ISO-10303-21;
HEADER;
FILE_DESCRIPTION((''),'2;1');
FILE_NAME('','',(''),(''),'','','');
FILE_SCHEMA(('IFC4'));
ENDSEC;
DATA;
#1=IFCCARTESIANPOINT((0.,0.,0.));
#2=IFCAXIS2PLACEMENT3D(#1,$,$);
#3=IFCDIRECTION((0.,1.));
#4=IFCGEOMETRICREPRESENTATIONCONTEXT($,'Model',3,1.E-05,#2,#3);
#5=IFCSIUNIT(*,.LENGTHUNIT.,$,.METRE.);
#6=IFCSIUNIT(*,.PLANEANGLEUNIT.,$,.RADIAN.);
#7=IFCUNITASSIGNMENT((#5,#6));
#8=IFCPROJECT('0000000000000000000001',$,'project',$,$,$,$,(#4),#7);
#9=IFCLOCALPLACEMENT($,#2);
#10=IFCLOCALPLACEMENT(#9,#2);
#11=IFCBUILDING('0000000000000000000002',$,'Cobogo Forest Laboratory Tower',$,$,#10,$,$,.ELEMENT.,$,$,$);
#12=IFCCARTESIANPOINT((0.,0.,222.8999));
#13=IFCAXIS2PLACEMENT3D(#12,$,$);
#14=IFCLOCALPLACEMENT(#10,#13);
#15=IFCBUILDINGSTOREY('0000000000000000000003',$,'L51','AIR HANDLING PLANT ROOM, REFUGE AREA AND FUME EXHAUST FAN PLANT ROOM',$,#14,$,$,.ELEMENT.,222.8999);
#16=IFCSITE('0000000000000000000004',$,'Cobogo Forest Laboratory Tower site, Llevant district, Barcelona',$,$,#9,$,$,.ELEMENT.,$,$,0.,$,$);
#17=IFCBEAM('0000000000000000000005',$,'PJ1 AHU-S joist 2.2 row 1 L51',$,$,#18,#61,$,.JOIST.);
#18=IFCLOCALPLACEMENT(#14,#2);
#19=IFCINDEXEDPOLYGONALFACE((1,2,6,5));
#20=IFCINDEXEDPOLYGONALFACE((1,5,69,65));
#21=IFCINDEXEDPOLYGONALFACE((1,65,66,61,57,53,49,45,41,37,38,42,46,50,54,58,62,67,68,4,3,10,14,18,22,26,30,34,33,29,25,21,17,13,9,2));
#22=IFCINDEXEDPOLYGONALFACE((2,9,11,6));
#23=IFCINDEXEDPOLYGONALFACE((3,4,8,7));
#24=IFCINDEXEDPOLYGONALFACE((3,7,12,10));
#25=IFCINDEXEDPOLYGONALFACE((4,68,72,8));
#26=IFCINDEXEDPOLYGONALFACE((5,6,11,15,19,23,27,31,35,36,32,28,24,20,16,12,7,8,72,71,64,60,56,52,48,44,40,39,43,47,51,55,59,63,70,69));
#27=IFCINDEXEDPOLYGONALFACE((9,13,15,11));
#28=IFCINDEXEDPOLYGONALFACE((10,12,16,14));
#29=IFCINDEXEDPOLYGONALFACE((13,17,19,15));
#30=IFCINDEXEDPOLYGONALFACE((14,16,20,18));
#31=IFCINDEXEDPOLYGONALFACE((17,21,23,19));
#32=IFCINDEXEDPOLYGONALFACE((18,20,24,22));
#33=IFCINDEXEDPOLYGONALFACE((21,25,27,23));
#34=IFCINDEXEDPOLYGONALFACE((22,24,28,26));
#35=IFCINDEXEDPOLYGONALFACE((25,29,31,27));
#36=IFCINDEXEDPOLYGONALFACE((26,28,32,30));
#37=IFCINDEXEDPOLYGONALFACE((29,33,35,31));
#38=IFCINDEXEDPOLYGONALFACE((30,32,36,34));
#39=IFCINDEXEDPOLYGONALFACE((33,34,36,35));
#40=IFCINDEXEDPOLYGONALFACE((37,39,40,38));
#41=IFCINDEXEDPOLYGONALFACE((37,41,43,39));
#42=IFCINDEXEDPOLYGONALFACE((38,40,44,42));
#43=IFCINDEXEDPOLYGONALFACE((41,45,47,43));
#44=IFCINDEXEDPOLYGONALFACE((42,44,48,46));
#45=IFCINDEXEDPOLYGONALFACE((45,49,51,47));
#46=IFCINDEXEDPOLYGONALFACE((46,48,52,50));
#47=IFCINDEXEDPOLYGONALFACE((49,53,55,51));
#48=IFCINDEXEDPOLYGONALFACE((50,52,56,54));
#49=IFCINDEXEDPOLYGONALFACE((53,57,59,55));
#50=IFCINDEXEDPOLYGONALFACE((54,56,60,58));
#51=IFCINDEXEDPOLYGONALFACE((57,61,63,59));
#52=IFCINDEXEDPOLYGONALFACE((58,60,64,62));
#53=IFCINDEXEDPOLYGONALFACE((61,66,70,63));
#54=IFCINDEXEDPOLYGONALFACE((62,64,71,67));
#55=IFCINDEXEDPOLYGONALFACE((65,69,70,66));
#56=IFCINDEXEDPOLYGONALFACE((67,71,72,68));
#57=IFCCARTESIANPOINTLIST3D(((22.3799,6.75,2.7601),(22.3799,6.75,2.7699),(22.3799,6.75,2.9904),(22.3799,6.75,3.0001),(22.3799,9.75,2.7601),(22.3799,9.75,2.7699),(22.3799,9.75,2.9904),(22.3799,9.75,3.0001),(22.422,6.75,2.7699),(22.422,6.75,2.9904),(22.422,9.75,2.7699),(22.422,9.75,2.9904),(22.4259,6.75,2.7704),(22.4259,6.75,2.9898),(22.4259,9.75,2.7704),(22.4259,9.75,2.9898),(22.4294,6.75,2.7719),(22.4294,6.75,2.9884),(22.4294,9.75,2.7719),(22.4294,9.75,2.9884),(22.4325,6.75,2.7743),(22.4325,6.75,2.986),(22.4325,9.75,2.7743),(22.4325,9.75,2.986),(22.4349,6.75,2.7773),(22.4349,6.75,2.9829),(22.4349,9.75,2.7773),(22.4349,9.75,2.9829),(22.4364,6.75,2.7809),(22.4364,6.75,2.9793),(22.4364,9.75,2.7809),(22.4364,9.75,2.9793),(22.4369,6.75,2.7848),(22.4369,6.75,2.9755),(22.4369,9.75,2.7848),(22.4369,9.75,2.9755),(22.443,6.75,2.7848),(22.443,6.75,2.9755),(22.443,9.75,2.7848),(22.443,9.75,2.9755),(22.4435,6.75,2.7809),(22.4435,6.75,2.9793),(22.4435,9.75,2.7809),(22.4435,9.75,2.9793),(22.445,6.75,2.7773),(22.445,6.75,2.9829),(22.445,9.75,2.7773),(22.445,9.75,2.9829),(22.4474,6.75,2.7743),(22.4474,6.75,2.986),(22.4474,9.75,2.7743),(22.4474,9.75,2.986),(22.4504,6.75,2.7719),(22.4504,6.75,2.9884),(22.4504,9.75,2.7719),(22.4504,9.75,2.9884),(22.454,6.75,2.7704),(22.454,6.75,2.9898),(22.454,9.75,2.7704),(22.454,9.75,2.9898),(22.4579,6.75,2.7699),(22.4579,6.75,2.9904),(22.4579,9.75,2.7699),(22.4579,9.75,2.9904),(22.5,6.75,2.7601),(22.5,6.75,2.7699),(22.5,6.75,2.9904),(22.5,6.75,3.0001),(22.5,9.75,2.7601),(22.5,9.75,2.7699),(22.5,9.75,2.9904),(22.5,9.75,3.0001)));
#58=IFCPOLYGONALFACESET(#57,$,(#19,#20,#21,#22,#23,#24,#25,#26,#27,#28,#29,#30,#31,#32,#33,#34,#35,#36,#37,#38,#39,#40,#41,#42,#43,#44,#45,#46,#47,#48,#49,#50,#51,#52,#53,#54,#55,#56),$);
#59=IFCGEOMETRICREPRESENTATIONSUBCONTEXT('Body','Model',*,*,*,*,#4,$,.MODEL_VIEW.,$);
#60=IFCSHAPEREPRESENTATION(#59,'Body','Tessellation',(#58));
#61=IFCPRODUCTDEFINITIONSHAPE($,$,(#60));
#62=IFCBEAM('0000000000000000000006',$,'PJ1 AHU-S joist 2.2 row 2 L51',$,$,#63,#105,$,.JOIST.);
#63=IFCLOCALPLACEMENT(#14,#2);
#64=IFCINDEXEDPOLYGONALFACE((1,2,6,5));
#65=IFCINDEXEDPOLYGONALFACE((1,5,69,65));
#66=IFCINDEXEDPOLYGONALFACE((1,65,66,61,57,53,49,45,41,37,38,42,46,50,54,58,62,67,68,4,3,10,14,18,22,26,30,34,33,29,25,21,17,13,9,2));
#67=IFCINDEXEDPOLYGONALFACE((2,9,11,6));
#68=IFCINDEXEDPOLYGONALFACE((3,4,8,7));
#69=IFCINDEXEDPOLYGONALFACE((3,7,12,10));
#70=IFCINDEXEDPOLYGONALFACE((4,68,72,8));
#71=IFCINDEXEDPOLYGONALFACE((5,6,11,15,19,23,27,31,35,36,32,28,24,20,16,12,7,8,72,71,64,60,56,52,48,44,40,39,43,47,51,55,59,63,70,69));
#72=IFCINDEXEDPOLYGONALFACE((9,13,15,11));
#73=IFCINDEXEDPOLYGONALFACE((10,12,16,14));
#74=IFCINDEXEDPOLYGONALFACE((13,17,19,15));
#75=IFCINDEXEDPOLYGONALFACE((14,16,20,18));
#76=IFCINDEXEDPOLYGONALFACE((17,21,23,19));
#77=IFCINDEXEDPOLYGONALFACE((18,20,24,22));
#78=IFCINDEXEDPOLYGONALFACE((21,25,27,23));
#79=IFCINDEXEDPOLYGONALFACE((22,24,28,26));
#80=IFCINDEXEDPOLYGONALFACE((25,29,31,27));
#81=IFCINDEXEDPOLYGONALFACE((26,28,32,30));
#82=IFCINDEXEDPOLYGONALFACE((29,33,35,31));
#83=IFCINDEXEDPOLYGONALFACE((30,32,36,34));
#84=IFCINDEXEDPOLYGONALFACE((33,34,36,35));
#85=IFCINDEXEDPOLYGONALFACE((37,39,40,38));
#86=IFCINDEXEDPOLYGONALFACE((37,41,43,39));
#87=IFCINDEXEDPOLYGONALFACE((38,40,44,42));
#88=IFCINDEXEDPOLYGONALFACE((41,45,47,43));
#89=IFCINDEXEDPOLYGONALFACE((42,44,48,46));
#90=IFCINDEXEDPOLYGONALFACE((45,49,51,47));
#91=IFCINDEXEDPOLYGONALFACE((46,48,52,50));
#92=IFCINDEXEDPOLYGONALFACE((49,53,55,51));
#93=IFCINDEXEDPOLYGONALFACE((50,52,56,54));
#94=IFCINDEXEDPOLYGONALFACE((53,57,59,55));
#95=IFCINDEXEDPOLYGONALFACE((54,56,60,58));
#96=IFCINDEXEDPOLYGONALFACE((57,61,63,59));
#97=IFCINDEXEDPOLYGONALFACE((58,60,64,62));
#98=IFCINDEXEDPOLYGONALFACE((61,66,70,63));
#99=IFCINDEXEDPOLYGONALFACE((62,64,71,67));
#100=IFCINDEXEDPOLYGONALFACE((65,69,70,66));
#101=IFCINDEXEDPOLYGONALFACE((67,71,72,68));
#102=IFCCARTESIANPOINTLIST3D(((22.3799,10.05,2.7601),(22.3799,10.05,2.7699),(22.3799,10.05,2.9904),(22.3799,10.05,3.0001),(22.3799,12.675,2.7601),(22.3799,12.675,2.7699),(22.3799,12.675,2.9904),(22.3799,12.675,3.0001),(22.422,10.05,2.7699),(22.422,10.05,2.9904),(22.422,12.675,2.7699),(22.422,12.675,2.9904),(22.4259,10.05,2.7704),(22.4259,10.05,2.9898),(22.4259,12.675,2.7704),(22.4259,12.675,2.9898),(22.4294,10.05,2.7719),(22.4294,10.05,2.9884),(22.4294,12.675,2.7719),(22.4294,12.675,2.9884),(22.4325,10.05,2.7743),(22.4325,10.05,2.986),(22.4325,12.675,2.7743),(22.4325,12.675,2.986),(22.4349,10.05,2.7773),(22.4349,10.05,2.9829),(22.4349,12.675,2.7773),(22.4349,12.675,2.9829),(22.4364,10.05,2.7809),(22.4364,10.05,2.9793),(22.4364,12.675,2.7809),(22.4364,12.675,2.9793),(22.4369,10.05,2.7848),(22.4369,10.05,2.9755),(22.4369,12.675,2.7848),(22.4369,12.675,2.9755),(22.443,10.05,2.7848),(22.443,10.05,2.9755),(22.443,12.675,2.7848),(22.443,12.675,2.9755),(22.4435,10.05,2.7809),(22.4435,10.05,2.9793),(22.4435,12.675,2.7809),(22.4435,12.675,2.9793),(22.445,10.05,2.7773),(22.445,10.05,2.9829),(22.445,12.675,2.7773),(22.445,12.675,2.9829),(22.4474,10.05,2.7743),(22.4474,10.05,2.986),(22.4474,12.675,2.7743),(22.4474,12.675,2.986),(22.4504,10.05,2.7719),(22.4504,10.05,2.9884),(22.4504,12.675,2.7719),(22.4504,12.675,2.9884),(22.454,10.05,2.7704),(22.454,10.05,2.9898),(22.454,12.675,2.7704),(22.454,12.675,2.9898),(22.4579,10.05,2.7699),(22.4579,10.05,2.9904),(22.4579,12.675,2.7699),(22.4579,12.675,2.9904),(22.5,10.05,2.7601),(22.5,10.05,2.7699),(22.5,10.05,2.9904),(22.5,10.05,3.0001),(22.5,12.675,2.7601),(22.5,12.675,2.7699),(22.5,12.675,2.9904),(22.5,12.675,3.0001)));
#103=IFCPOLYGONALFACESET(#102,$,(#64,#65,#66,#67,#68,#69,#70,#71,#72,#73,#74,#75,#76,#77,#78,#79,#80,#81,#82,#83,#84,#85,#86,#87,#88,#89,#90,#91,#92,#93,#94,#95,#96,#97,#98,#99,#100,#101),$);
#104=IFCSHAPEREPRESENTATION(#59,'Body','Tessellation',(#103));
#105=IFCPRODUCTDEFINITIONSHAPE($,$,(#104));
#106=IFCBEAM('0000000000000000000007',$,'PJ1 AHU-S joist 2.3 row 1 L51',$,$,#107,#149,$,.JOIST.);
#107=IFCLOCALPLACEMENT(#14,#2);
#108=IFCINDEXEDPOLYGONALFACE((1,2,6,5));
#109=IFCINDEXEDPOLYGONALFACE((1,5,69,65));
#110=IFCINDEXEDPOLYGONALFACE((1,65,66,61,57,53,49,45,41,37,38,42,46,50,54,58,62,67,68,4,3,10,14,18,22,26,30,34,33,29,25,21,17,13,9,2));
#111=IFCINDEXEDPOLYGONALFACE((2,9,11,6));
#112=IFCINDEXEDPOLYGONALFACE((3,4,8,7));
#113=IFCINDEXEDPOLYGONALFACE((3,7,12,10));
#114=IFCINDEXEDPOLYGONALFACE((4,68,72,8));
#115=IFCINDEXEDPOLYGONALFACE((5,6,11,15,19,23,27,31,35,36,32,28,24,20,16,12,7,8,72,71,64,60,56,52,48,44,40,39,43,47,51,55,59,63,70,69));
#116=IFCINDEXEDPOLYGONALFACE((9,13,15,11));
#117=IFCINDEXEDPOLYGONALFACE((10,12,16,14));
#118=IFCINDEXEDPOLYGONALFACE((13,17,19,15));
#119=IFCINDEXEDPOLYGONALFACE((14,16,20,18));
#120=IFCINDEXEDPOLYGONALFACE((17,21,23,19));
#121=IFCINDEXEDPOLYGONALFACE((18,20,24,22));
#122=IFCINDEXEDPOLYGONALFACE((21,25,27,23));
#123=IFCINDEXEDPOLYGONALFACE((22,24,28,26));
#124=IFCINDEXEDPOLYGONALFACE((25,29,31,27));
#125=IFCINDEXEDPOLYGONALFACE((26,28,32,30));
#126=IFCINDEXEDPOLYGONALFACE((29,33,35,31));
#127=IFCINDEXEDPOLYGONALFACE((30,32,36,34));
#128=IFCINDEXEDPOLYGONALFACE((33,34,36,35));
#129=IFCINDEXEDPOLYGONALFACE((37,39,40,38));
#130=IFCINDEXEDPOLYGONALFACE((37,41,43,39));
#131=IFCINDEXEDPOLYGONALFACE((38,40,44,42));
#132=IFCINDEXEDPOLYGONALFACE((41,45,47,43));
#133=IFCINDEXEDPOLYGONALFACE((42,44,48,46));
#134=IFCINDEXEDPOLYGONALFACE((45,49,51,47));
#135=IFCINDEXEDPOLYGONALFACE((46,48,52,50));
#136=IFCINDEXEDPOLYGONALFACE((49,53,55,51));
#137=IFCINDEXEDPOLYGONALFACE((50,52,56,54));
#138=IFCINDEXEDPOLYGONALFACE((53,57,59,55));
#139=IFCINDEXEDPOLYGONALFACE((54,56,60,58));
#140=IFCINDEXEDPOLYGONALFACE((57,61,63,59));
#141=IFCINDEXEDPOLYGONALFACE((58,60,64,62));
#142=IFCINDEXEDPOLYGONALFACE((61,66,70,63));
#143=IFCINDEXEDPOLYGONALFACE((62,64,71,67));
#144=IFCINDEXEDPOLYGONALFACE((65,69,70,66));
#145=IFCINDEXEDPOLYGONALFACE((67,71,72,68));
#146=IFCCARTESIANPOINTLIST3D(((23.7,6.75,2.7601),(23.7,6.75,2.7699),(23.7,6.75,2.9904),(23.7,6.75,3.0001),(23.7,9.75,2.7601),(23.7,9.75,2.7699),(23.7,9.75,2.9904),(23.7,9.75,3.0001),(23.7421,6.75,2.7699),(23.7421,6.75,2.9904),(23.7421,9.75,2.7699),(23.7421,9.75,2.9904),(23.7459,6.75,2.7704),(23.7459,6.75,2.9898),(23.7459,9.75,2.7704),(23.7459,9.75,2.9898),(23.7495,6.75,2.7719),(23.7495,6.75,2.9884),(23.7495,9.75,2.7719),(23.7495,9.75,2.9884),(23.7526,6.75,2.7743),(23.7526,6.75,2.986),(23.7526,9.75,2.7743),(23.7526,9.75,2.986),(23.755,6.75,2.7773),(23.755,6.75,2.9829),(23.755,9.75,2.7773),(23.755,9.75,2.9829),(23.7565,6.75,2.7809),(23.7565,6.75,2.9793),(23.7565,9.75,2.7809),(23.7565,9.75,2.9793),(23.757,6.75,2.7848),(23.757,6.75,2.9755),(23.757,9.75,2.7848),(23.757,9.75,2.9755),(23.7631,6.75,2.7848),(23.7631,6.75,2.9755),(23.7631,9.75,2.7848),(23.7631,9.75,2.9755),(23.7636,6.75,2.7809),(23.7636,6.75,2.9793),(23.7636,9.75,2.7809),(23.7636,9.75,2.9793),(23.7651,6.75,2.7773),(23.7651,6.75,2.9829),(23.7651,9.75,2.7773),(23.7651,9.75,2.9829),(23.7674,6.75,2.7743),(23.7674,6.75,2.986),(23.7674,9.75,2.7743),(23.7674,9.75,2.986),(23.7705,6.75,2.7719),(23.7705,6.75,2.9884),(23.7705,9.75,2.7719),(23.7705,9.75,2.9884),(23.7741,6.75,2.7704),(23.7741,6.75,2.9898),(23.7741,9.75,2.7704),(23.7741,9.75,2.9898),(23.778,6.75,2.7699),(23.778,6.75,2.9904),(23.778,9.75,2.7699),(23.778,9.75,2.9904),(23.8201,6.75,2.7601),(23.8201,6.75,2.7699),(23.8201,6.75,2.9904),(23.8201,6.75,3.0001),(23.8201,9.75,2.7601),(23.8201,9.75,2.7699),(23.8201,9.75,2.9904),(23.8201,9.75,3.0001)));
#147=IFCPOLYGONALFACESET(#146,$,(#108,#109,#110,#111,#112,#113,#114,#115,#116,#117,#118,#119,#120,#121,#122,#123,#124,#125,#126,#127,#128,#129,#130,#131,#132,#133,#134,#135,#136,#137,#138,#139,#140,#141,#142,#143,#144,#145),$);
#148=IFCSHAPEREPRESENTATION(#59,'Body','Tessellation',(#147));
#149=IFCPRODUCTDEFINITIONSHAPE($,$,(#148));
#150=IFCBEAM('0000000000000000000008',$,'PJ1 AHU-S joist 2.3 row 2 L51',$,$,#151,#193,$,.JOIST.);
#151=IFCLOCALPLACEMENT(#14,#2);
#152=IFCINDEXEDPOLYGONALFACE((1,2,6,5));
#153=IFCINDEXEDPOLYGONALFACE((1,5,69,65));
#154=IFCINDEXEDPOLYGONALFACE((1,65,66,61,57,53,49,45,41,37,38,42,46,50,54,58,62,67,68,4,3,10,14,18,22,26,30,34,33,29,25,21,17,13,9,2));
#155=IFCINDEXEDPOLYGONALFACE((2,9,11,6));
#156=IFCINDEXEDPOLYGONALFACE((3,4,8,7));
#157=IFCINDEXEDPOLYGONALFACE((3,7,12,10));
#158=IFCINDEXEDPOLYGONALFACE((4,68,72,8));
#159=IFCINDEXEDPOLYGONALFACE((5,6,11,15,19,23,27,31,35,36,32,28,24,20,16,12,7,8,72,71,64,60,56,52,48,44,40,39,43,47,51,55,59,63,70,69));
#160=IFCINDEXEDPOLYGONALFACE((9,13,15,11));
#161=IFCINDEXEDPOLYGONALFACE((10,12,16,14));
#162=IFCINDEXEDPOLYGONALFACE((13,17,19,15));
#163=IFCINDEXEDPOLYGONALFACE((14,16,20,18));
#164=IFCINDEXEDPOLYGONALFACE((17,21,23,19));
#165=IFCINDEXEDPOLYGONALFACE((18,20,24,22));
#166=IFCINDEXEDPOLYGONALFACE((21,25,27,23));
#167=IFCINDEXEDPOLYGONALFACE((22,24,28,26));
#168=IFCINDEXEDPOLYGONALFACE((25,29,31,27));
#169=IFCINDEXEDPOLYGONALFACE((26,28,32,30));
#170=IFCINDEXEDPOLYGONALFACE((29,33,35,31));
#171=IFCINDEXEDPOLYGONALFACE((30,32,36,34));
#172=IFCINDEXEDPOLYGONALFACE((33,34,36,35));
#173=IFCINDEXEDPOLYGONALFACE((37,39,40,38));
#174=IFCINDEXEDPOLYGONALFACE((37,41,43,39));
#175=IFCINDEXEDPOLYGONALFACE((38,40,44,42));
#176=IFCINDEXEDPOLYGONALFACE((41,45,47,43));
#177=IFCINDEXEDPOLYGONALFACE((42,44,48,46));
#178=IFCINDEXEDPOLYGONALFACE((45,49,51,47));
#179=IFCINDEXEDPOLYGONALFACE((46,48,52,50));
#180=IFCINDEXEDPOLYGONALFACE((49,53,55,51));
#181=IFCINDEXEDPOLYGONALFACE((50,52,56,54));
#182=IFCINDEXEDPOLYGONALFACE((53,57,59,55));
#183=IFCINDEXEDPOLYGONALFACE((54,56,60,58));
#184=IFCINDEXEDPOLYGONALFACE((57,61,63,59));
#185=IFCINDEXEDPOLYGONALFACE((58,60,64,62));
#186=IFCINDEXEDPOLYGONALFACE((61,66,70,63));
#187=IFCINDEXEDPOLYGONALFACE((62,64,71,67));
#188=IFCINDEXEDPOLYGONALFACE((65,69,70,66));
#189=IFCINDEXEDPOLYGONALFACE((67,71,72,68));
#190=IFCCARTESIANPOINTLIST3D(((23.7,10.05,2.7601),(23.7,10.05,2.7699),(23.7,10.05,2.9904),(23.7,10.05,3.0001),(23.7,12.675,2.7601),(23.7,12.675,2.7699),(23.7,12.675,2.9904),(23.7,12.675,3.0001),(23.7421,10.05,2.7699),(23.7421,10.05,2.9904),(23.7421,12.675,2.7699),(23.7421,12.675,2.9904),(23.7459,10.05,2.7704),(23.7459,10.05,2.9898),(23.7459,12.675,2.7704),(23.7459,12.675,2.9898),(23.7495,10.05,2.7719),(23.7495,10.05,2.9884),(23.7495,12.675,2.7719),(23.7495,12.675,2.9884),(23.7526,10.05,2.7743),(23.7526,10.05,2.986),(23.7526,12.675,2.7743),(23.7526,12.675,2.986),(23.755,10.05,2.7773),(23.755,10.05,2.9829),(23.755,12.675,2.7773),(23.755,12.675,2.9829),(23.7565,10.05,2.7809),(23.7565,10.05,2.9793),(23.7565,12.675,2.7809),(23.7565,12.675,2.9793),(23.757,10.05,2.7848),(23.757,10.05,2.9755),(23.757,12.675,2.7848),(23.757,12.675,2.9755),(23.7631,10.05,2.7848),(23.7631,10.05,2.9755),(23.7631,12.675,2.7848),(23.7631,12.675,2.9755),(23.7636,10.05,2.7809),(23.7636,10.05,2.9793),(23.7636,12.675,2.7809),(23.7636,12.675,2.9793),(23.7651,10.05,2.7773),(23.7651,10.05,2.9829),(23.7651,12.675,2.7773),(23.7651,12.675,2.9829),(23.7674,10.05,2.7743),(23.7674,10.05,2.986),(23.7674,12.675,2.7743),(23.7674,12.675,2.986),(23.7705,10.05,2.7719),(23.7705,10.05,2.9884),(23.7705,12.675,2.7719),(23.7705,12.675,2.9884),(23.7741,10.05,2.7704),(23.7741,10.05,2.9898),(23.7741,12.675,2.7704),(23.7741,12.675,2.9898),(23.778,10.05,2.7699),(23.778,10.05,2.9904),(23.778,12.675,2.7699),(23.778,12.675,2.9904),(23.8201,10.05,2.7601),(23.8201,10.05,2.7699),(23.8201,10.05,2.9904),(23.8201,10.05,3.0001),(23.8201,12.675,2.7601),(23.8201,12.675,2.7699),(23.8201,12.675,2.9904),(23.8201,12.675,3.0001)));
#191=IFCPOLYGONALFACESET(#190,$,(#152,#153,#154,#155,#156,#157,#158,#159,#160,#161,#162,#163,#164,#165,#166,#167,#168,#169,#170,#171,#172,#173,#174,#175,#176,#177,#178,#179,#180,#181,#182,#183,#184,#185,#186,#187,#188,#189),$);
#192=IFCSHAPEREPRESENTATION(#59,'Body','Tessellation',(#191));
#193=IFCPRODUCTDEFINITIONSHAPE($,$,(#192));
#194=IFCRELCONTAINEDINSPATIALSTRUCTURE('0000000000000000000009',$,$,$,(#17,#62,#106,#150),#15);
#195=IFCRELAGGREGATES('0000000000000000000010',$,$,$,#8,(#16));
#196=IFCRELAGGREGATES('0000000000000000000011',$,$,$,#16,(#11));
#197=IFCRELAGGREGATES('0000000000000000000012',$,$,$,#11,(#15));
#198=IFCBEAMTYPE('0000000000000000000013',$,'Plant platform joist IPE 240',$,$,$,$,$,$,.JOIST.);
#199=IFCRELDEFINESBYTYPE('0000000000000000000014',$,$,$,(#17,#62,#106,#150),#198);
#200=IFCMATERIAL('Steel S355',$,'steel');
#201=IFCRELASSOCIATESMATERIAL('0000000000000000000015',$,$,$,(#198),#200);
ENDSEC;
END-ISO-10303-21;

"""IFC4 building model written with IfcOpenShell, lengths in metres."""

from ifc_helpers import new_model, si_unit, direction, frame, origin, origin_2d, place, context, subcontext, project, spatial, i_section, extrude, material, material_profile, profile_set, type_object, element, save


model = new_model("IFC4")

# Units and contexts
model_context = context("Model", 3, precision=1e-05, world=origin(), true_north=direction((0.0, 1.0)))
body_context = subcontext(model_context, "Body", "Model", "MODEL_VIEW")
ifc_project = project(units=[si_unit("LENGTHUNIT", "METRE"), si_unit("PLANEANGLEUNIT", "RADIAN")], contexts=[model_context])

# Site, building, storey
site_placement = place(None, origin())
site = spatial("IfcSite", under=ifc_project, at=site_placement, Name="Cobogo Forest Laboratory Tower site, Llevant district, Barcelona", CompositionType="ELEMENT", RefElevation=0.0)
building_placement = place(site_placement, origin())
building = spatial("IfcBuilding", under=site, at=building_placement, Name="Cobogo Forest Laboratory Tower", CompositionType="ELEMENT")
storey_placement = place(building_placement, frame((0.0, 0.0, 222.8999)))
storey = spatial("IfcBuildingStorey", under=building, at=storey_placement, Name="L51", Description="AIR HANDLING PLANT ROOM, REFUGE AREA AND FUME EXHAUST FAN PLANT ROOM", CompositionType="ELEMENT", Elevation=222.8999)

# Beams
ifc_material_1 = material(Name="Steel S355", Category="steel")
ifc_material_profile_1 = material_profile(ifc_material_1, i_section(OverallWidth=0.1201, OverallDepth=0.24, WebThickness=0.0061, FlangeThickness=0.0098, FilletRadius=0.0149, at=origin_2d()), Name="IPE 240")
ifc_profile_set_1 = profile_set([ifc_material_profile_1], Name="Steel S355")
beam_type_1 = type_object("IfcBeamType", Name="Plant platform joist IPE 240", PredefinedType="JOIST", material=ifc_profile_set_1)
beam_1_placement = place(storey_placement, frame((22.4399, 6.75, 2.8801), z_axis=(0.0, 1.0, 0.0), x_axis=(-1.0, 0.0, 0.0)))
element("IfcBeam", 1, at=beam_1_placement, inside=storey, type_object=beam_type_1, Name="PJ1 AHU-S joist 2.2 row 1 L51", PredefinedType="JOIST", context=body_context, shape_type="SweptSolid", body=[
    extrude(i_section(OverallWidth=0.1201, OverallDepth=0.24, WebThickness=0.0061, FlangeThickness=0.0098, FilletRadius=0.0149, at=origin_2d()), origin(), (0.0, 0.0, 1.0), 3.0),
])
beam_2_placement = place(storey_placement, frame((22.4399, 10.05, 2.8801), z_axis=(0.0, 1.0, 0.0), x_axis=(-1.0, 0.0, 0.0)))
element("IfcBeam", 2, at=beam_2_placement, inside=storey, type_object=beam_type_1, Name="PJ1 AHU-S joist 2.2 row 2 L51", PredefinedType="JOIST", context=body_context, shape_type="SweptSolid", body=[
    extrude(i_section(OverallWidth=0.1201, OverallDepth=0.24, WebThickness=0.0061, FlangeThickness=0.0098, FilletRadius=0.0149, at=origin_2d()), origin(), (0.0, 0.0, 1.0), 2.625),
])
beam_3_placement = place(storey_placement, frame((23.76, 6.75, 2.8801), z_axis=(0.0, 1.0, 0.0), x_axis=(-1.0, 0.0, 0.0)))
element("IfcBeam", 3, at=beam_3_placement, inside=storey, type_object=beam_type_1, Name="PJ1 AHU-S joist 2.3 row 1 L51", PredefinedType="JOIST", context=body_context, shape_type="SweptSolid", body=[
    extrude(i_section(OverallWidth=0.1201, OverallDepth=0.24, WebThickness=0.0061, FlangeThickness=0.0098, FilletRadius=0.0149, at=origin_2d()), origin(), (0.0, 0.0, 1.0), 3.0),
])
beam_4_placement = place(storey_placement, frame((23.76, 10.05, 2.8801), z_axis=(0.0, 1.0, 0.0), x_axis=(-1.0, 0.0, 0.0)))
element("IfcBeam", 4, at=beam_4_placement, inside=storey, type_object=beam_type_1, Name="PJ1 AHU-S joist 2.3 row 2 L51", PredefinedType="JOIST", context=body_context, shape_type="SweptSolid", body=[
    extrude(i_section(OverallWidth=0.1201, OverallDepth=0.24, WebThickness=0.0061, FlangeThickness=0.0098, FilletRadius=0.0149, at=origin_2d()), origin(), (0.0, 0.0, 1.0), 2.625),
])

save(model, "model.ifc")
